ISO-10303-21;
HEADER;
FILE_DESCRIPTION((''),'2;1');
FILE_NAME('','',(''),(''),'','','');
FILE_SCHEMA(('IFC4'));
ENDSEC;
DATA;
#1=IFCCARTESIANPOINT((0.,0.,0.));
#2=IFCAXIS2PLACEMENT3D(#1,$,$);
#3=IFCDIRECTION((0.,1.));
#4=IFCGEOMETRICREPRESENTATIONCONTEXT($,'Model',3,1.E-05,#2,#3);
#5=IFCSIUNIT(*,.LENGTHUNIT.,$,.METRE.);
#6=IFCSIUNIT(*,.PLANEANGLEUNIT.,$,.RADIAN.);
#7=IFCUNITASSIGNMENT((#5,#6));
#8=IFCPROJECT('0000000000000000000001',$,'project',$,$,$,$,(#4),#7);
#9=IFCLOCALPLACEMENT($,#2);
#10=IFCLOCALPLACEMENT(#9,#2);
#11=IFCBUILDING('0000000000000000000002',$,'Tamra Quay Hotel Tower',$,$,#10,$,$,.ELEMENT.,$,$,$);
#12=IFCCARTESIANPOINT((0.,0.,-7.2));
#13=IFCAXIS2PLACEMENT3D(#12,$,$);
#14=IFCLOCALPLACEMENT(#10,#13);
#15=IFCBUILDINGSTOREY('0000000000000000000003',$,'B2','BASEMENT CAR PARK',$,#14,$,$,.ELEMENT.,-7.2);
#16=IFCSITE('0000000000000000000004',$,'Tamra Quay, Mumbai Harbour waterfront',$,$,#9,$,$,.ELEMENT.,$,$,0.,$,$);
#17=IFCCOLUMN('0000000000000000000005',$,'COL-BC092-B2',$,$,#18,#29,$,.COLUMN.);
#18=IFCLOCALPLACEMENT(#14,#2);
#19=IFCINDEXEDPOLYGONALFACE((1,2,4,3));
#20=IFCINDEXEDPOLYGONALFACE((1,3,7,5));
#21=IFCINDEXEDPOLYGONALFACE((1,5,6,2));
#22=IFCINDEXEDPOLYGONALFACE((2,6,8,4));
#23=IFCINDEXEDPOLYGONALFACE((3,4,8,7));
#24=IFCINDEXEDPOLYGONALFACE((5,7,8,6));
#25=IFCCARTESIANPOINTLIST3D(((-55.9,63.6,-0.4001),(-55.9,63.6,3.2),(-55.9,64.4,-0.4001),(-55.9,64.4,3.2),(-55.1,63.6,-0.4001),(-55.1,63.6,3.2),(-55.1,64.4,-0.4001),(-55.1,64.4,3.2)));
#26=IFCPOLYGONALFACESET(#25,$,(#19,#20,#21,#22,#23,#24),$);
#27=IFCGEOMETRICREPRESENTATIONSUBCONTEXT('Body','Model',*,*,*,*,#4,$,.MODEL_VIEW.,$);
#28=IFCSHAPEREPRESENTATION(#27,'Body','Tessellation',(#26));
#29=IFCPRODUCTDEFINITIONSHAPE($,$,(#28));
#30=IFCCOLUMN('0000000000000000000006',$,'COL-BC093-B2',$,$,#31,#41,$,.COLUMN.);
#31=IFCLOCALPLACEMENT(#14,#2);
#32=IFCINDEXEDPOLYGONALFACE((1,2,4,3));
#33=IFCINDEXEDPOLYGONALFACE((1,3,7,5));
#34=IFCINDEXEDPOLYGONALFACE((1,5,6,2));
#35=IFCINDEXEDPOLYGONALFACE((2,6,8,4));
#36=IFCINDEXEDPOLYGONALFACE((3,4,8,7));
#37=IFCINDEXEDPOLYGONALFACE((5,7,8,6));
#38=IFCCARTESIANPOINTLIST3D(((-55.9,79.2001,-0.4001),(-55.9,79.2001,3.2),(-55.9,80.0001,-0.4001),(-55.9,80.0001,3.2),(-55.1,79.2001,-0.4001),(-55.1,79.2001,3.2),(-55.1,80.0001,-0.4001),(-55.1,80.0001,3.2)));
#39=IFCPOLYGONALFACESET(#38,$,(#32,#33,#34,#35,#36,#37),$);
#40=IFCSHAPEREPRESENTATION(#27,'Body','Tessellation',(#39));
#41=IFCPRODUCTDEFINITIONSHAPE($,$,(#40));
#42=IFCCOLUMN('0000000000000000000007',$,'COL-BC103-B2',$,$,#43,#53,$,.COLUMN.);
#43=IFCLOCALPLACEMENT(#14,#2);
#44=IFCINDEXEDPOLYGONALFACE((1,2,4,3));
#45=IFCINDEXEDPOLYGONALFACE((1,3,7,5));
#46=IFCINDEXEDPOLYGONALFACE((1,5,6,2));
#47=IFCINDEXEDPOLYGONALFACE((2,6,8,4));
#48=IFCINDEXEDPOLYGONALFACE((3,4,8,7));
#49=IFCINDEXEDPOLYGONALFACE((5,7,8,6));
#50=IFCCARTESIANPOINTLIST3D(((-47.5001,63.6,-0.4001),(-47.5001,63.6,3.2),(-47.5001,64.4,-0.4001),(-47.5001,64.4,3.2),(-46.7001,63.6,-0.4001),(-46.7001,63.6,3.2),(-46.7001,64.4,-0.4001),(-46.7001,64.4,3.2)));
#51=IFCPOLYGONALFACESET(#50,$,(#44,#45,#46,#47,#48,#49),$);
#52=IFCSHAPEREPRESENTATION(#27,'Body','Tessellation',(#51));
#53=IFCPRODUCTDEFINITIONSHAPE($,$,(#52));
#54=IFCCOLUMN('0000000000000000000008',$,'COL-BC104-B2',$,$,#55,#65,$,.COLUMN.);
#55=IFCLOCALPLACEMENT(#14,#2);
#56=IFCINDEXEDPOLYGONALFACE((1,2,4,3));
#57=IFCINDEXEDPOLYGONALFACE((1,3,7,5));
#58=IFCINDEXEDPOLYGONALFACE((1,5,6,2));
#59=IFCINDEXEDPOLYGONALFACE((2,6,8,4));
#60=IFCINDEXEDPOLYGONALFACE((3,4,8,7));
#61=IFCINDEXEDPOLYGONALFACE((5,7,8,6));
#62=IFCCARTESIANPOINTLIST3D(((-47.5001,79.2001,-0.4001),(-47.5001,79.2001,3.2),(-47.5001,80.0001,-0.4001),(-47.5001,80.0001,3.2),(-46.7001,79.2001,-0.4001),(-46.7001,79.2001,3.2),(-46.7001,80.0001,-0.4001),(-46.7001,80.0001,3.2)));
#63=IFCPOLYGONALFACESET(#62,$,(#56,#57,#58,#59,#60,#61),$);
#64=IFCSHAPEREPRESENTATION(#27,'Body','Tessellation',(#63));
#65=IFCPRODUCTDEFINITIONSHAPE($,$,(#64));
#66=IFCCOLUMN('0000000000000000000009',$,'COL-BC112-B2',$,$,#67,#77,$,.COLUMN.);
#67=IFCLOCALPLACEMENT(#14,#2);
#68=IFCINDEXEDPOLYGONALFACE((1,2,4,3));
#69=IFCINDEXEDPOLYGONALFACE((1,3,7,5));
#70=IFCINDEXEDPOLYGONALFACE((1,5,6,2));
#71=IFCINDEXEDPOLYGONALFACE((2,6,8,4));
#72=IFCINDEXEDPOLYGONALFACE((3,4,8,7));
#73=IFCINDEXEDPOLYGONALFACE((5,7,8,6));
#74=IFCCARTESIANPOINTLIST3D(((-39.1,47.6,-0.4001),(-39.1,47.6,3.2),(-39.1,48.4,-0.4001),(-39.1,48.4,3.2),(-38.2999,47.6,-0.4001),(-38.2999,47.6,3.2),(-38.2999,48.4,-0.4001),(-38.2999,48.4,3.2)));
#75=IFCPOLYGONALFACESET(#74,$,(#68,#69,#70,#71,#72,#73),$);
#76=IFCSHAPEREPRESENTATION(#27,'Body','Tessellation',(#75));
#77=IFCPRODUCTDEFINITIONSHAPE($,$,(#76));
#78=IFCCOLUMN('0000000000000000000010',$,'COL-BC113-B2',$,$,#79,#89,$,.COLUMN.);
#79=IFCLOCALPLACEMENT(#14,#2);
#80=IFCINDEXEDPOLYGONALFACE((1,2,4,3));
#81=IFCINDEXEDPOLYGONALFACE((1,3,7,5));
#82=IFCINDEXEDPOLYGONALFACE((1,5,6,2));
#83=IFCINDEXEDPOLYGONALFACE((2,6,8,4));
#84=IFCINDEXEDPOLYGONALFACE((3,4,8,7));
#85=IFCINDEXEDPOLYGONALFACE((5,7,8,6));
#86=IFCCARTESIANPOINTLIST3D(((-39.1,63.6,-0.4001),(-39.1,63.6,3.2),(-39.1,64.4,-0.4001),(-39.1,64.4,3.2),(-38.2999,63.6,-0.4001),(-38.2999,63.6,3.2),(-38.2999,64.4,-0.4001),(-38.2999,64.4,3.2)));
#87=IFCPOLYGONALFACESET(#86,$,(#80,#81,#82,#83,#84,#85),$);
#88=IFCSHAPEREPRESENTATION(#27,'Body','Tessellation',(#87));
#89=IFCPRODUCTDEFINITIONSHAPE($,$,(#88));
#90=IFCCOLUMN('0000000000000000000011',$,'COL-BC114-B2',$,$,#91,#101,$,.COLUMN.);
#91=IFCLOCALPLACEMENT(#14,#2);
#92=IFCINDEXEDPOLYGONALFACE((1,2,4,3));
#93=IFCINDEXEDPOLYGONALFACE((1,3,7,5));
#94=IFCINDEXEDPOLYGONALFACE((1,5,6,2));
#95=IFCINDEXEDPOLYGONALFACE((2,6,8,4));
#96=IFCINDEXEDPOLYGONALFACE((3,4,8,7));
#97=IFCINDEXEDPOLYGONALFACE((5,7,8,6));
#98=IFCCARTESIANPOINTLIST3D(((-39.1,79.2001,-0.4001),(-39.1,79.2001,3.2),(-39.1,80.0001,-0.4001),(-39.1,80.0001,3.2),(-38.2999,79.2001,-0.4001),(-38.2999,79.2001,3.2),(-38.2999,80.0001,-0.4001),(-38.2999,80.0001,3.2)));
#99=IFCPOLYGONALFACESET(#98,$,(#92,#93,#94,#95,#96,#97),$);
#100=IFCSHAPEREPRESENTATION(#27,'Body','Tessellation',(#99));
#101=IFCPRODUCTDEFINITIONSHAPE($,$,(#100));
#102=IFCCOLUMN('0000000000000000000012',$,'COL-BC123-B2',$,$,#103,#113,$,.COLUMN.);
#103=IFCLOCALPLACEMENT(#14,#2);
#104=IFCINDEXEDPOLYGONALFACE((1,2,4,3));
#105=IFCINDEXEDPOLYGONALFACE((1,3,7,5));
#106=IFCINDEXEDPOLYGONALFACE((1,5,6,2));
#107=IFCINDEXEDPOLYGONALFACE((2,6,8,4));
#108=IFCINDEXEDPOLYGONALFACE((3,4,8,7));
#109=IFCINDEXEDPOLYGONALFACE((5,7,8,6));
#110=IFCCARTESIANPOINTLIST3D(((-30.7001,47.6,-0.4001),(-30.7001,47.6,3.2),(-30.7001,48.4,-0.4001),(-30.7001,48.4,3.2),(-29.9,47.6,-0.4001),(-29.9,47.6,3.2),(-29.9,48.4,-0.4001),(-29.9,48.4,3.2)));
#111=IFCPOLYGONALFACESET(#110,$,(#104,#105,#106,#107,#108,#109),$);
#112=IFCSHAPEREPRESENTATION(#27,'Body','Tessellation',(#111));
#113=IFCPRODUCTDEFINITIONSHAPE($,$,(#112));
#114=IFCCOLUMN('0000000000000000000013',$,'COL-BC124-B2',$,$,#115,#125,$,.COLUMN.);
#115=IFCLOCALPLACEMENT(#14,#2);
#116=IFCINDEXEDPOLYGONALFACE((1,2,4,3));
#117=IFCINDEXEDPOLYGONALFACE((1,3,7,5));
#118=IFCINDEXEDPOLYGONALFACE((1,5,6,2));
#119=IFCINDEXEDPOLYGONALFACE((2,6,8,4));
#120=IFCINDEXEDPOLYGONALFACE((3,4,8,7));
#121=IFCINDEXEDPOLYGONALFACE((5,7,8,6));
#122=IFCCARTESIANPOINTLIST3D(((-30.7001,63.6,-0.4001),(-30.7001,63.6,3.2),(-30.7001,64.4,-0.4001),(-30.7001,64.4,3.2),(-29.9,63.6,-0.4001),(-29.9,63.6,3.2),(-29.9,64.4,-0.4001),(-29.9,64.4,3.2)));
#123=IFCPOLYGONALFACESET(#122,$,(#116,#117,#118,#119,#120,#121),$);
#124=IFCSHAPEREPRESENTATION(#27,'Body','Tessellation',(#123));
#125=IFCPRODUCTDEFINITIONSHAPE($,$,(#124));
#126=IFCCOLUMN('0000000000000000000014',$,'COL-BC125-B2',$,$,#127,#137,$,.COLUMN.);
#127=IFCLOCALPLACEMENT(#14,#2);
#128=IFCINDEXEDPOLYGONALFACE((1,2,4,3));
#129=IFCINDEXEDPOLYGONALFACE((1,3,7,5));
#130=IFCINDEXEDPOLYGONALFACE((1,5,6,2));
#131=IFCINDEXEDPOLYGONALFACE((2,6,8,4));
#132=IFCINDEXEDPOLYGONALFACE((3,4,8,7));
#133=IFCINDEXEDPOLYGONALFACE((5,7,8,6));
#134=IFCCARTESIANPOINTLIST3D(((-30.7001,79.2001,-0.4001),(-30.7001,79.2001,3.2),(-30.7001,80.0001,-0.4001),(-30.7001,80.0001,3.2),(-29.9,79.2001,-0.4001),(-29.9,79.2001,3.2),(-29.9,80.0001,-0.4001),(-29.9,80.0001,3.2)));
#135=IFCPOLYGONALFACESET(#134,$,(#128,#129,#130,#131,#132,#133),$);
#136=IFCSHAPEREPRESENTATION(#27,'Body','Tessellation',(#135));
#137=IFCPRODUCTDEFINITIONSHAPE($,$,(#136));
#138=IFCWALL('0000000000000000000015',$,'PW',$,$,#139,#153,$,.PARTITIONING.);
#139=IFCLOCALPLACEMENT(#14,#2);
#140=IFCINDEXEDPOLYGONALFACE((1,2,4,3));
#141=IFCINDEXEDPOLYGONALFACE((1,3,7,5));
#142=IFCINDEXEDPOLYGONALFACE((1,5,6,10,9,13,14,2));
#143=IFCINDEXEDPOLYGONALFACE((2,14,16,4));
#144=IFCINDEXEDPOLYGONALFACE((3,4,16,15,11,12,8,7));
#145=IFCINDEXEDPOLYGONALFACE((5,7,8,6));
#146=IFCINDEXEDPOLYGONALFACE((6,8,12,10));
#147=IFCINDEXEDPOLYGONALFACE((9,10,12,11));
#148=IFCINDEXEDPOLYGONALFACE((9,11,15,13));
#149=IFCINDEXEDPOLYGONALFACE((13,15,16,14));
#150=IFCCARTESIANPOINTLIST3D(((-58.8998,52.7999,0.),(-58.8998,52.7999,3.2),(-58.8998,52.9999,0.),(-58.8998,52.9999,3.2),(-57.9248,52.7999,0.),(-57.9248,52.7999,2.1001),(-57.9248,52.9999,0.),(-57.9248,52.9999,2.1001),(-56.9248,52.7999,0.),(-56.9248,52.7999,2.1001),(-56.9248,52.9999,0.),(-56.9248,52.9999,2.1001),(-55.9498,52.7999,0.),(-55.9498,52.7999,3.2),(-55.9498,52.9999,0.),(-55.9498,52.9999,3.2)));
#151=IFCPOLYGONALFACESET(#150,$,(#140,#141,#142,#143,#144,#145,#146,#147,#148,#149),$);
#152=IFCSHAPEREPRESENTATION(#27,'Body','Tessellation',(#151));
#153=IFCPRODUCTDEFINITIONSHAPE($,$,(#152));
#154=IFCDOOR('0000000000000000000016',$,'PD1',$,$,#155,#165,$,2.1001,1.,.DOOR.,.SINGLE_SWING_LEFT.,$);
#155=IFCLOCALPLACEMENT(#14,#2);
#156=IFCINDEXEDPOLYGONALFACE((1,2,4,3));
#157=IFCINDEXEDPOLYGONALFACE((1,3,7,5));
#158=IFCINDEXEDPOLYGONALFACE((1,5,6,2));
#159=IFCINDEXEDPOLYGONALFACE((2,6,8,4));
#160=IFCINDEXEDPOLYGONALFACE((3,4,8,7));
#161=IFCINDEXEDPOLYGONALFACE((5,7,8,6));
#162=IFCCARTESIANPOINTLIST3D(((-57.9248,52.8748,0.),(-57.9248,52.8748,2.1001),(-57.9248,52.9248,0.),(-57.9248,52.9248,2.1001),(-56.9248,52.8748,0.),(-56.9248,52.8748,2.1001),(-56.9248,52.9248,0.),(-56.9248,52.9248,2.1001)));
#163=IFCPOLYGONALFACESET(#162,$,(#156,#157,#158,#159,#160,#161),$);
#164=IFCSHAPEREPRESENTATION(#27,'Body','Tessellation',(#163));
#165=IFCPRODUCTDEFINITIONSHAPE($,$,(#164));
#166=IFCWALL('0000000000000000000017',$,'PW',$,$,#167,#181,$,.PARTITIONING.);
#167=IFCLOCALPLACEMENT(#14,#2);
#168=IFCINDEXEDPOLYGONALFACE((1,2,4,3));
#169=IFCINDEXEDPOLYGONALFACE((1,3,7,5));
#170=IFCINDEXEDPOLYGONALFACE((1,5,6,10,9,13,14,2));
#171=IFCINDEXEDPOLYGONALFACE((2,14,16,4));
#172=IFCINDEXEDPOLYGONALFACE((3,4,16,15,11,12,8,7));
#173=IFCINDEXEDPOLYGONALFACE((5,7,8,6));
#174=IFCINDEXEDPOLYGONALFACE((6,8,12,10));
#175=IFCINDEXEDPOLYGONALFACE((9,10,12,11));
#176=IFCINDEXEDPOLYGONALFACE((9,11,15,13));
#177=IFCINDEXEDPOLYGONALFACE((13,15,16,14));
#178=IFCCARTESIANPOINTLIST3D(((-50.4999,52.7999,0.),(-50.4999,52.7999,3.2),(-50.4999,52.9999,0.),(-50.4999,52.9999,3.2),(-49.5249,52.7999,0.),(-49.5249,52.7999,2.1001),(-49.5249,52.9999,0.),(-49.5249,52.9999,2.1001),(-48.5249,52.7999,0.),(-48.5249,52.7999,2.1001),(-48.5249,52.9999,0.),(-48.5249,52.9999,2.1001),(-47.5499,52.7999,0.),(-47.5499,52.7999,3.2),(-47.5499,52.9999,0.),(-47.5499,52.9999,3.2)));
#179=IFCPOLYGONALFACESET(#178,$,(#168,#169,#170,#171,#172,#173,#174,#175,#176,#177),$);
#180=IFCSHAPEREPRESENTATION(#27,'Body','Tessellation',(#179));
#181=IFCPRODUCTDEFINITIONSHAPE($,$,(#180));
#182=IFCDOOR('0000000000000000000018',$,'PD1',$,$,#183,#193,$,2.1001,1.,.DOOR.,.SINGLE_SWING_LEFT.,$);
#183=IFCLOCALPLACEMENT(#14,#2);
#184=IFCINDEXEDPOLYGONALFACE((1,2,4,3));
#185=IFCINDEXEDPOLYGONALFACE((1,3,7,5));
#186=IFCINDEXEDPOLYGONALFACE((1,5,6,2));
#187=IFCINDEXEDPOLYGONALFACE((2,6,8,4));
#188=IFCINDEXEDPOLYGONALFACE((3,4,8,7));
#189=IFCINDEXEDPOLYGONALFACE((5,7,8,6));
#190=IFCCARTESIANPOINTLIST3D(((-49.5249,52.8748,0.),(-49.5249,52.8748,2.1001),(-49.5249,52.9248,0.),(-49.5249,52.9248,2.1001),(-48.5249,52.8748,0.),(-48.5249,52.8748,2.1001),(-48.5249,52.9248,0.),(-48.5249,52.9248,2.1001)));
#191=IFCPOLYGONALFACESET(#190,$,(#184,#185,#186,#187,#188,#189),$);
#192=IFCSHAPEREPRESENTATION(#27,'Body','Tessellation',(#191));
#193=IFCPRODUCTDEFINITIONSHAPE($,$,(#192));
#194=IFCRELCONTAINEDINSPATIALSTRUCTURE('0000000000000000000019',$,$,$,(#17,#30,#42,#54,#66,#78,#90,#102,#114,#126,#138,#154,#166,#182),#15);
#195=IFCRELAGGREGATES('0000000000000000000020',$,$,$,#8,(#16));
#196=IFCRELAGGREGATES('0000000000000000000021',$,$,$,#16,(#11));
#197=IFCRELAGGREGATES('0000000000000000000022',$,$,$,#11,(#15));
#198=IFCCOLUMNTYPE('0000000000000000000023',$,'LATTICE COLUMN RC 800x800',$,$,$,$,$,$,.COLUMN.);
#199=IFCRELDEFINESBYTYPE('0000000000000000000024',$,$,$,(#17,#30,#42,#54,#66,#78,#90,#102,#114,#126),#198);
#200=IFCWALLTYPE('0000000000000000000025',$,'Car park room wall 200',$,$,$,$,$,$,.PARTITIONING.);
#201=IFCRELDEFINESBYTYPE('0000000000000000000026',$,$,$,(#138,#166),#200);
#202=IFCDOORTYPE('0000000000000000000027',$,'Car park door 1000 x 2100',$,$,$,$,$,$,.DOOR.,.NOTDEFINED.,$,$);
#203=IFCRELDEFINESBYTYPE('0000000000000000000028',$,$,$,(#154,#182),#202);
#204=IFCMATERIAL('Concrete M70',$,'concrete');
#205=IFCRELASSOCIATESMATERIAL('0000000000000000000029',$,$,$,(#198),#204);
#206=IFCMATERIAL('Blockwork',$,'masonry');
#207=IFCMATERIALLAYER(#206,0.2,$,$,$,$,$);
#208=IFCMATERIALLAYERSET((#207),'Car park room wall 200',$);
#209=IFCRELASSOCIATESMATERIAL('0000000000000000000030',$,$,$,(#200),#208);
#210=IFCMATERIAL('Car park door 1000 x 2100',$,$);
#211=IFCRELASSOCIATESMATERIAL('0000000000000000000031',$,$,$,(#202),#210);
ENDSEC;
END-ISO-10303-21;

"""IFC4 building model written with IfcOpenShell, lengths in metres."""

from ifc_helpers import new_model, si_unit, direction, frame, frame_2d, origin, origin_2d, place, context, subcontext, project, spatial, rectangle, extrude, material, layer, layer_set, material_profile, profile_set, type_object, element, fill, save


model = new_model("IFC4")

# Units and contexts
model_context = context("Model", 3, precision=1e-05, world=origin(), true_north=direction((0.0, 1.0)))
body_context = subcontext(model_context, "Body", "Model", "MODEL_VIEW")
ifc_project = project(units=[si_unit("LENGTHUNIT", "METRE"), si_unit("PLANEANGLEUNIT", "RADIAN")], contexts=[model_context])

# Site, building, storey
site_placement = place(None, origin())
site = spatial("IfcSite", under=ifc_project, at=site_placement, Name="Tamra Quay, Mumbai Harbour waterfront", CompositionType="ELEMENT", RefElevation=0.0)
building_placement = place(site_placement, origin())
building = spatial("IfcBuilding", under=site, at=building_placement, Name="Tamra Quay Hotel Tower", CompositionType="ELEMENT")
storey_placement = place(building_placement, frame((0.0, 0.0, -7.2)))
storey = spatial("IfcBuildingStorey", under=building, at=storey_placement, Name="B2", Description="BASEMENT CAR PARK", CompositionType="ELEMENT", Elevation=-7.2)

# Columns
ifc_material_1 = material(Name="Concrete M70", Category="concrete")
ifc_material_profile = material_profile(ifc_material_1, rectangle(XDim=0.8, YDim=0.8, at=origin_2d()), Name="LATTICE COLUMN RC 800x800")
ifc_profile_set = profile_set([ifc_material_profile], Name="Concrete M70")
column_type = type_object("IfcColumnType", Name="LATTICE COLUMN RC 800x800", PredefinedType="COLUMN", material=ifc_profile_set)
for number, where, z_axis, x_axis, name in (
    (1, (-55.5, 64.0, -0.4001), (0.0, 0.0, 1.0), (1.0, 0.0, 0.0), "COL-BC092-B2"),
    (2, (-55.5, 79.6001, -0.4001), (0.0, 0.0, 1.0), (1.0, 0.0, 0.0), "COL-BC093-B2"),
    (3, (-47.1001, 64.0, -0.4001), (0.0, 0.0, 1.0), (1.0, 0.0, 0.0), "COL-BC103-B2"),
    (4, (-47.1001, 79.6001, -0.4001), (0.0, 0.0, 1.0), (1.0, 0.0, 0.0), "COL-BC104-B2"),
    (5, (-38.7, 48.0, -0.4001), (0.0, 0.0, 1.0), (1.0, 0.0, 0.0), "COL-BC112-B2"),
    (6, (-38.7, 64.0, -0.4001), (0.0, 0.0, 1.0), (1.0, 0.0, 0.0), "COL-BC113-B2"),
    (7, (-38.7, 79.6001, -0.4001), (0.0, 0.0, 1.0), (1.0, 0.0, 0.0), "COL-BC114-B2"),
    (8, (-30.3, 48.0, -0.4001), (0.0, 0.0, 1.0), (1.0, 0.0, 0.0), "COL-BC123-B2"),
    (9, (-30.3, 64.0, -0.4001), (0.0, 0.0, 1.0), (1.0, 0.0, 0.0), "COL-BC124-B2"),
    (10, (-30.3, 79.6001, -0.4001), (0.0, 0.0, 1.0), (1.0, 0.0, 0.0), "COL-BC125-B2"),
):
    element("IfcColumn", number, at=place(storey_placement, frame(where, z_axis=z_axis, x_axis=x_axis)), inside=storey, type_object=column_type, Name=name, PredefinedType="COLUMN", context=body_context, shape_type="SweptSolid", body=[
        extrude(rectangle(XDim=0.8, YDim=0.8, at=origin_2d()), origin(), (0.0, 0.0, 1.0), 3.6001),
    ])

# Walls, openings, doors
ifc_material_2 = material(Name="Blockwork", Category="masonry")
ifc_layer_1 = layer(ifc_material_2, 0.2)
ifc_layer_set_1 = layer_set([ifc_layer_1], Name="Car park room wall 200")
wall_type_1 = type_object("IfcWallType", Name="Car park room wall 200", PredefinedType="PARTITIONING", material=ifc_layer_set_1)
wall_1_placement = place(storey_placement, frame((-58.8999, 52.8999, 0.0), z_axis=(0.0, 0.0, 1.0), x_axis=(1.0, 0.0, 0.0)))
wall_1 = element("IfcWall", 11, at=wall_1_placement, inside=storey, type_object=wall_type_1, Name="PW", PredefinedType="PARTITIONING", context=body_context, shape_type="SweptSolid", body=[
    extrude(rectangle(XDim=2.95, YDim=0.2, at=frame_2d((1.4751, 0.0))), origin(), (0.0, 0.0, 1.0), 3.2),
])
opening_1_placement = place(wall_1_placement, frame((0.9751, 0.0, 0.0)))
opening_1 = element("IfcOpeningElement", 12, at=opening_1_placement, cuts=wall_1, PredefinedType="OPENING", context=body_context, shape_type="SweptSolid", body=[
    extrude(rectangle(XDim=1.0, YDim=2.1001, at=frame_2d((0.5, 1.05))), frame((0.0, 0.1099, 0.0), z_axis=(0.0, -1.0, 0.0), x_axis=(1.0, 0.0, 0.0)), (0.0, 0.0, 1.0), 0.22),
])
ifc_material_3 = material(Name="Car park door 1000 x 2100")
door_type = type_object("IfcDoorType", Name="Car park door 1000 x 2100", OperationType="NOTDEFINED", PredefinedType="DOOR", material=ifc_material_3)
door_1_placement = place(opening_1_placement, origin())
door_1 = element("IfcDoor", 13, at=door_1_placement, inside=storey, type_object=door_type, Name="PD1", OperationType="SINGLE_SWING_LEFT", OverallHeight=2.1001, OverallWidth=1.0, PredefinedType="DOOR", context=body_context, shape_type="SweptSolid", body=[
    extrude(rectangle(XDim=1.0, YDim=2.1001, at=frame_2d((0.5, 1.05))), frame((0.0, 0.0249, 0.0), z_axis=(0.0, -1.0, 0.0), x_axis=(1.0, 0.0, 0.0)), (0.0, 0.0, 1.0), 0.05),
])
fill(opening_1, door_1)
wall_2_placement = place(storey_placement, frame((-50.5, 52.8999, 0.0), z_axis=(0.0, 0.0, 1.0), x_axis=(1.0, 0.0, 0.0)))
wall_2 = element("IfcWall", 14, at=wall_2_placement, inside=storey, type_object=wall_type_1, Name="PW", PredefinedType="PARTITIONING", context=body_context, shape_type="SweptSolid", body=[
    extrude(rectangle(XDim=2.95, YDim=0.2, at=frame_2d((1.4751, 0.0))), origin(), (0.0, 0.0, 1.0), 3.2),
])
opening_2_placement = place(wall_2_placement, frame((0.9751, 0.0, 0.0)))
opening_2 = element("IfcOpeningElement", 15, at=opening_2_placement, cuts=wall_2, PredefinedType="OPENING", context=body_context, shape_type="SweptSolid", body=[
    extrude(rectangle(XDim=1.0, YDim=2.1001, at=frame_2d((0.5, 1.05))), frame((0.0, 0.1099, 0.0), z_axis=(0.0, -1.0, 0.0), x_axis=(1.0, 0.0, 0.0)), (0.0, 0.0, 1.0), 0.22),
])
door_2_placement = place(opening_2_placement, origin())
door_2 = element("IfcDoor", 16, at=door_2_placement, inside=storey, type_object=door_type, Name="PD1", OperationType="SINGLE_SWING_LEFT", OverallHeight=2.1001, OverallWidth=1.0, PredefinedType="DOOR", context=body_context, shape_type="SweptSolid", body=[
    extrude(rectangle(XDim=1.0, YDim=2.1001, at=frame_2d((0.5, 1.05))), frame((0.0, 0.0249, 0.0), z_axis=(0.0, -1.0, 0.0), x_axis=(1.0, 0.0, 0.0)), (0.0, 0.0, 1.0), 0.05),
])
fill(opening_2, door_2)

save(model, "model.ifc")
